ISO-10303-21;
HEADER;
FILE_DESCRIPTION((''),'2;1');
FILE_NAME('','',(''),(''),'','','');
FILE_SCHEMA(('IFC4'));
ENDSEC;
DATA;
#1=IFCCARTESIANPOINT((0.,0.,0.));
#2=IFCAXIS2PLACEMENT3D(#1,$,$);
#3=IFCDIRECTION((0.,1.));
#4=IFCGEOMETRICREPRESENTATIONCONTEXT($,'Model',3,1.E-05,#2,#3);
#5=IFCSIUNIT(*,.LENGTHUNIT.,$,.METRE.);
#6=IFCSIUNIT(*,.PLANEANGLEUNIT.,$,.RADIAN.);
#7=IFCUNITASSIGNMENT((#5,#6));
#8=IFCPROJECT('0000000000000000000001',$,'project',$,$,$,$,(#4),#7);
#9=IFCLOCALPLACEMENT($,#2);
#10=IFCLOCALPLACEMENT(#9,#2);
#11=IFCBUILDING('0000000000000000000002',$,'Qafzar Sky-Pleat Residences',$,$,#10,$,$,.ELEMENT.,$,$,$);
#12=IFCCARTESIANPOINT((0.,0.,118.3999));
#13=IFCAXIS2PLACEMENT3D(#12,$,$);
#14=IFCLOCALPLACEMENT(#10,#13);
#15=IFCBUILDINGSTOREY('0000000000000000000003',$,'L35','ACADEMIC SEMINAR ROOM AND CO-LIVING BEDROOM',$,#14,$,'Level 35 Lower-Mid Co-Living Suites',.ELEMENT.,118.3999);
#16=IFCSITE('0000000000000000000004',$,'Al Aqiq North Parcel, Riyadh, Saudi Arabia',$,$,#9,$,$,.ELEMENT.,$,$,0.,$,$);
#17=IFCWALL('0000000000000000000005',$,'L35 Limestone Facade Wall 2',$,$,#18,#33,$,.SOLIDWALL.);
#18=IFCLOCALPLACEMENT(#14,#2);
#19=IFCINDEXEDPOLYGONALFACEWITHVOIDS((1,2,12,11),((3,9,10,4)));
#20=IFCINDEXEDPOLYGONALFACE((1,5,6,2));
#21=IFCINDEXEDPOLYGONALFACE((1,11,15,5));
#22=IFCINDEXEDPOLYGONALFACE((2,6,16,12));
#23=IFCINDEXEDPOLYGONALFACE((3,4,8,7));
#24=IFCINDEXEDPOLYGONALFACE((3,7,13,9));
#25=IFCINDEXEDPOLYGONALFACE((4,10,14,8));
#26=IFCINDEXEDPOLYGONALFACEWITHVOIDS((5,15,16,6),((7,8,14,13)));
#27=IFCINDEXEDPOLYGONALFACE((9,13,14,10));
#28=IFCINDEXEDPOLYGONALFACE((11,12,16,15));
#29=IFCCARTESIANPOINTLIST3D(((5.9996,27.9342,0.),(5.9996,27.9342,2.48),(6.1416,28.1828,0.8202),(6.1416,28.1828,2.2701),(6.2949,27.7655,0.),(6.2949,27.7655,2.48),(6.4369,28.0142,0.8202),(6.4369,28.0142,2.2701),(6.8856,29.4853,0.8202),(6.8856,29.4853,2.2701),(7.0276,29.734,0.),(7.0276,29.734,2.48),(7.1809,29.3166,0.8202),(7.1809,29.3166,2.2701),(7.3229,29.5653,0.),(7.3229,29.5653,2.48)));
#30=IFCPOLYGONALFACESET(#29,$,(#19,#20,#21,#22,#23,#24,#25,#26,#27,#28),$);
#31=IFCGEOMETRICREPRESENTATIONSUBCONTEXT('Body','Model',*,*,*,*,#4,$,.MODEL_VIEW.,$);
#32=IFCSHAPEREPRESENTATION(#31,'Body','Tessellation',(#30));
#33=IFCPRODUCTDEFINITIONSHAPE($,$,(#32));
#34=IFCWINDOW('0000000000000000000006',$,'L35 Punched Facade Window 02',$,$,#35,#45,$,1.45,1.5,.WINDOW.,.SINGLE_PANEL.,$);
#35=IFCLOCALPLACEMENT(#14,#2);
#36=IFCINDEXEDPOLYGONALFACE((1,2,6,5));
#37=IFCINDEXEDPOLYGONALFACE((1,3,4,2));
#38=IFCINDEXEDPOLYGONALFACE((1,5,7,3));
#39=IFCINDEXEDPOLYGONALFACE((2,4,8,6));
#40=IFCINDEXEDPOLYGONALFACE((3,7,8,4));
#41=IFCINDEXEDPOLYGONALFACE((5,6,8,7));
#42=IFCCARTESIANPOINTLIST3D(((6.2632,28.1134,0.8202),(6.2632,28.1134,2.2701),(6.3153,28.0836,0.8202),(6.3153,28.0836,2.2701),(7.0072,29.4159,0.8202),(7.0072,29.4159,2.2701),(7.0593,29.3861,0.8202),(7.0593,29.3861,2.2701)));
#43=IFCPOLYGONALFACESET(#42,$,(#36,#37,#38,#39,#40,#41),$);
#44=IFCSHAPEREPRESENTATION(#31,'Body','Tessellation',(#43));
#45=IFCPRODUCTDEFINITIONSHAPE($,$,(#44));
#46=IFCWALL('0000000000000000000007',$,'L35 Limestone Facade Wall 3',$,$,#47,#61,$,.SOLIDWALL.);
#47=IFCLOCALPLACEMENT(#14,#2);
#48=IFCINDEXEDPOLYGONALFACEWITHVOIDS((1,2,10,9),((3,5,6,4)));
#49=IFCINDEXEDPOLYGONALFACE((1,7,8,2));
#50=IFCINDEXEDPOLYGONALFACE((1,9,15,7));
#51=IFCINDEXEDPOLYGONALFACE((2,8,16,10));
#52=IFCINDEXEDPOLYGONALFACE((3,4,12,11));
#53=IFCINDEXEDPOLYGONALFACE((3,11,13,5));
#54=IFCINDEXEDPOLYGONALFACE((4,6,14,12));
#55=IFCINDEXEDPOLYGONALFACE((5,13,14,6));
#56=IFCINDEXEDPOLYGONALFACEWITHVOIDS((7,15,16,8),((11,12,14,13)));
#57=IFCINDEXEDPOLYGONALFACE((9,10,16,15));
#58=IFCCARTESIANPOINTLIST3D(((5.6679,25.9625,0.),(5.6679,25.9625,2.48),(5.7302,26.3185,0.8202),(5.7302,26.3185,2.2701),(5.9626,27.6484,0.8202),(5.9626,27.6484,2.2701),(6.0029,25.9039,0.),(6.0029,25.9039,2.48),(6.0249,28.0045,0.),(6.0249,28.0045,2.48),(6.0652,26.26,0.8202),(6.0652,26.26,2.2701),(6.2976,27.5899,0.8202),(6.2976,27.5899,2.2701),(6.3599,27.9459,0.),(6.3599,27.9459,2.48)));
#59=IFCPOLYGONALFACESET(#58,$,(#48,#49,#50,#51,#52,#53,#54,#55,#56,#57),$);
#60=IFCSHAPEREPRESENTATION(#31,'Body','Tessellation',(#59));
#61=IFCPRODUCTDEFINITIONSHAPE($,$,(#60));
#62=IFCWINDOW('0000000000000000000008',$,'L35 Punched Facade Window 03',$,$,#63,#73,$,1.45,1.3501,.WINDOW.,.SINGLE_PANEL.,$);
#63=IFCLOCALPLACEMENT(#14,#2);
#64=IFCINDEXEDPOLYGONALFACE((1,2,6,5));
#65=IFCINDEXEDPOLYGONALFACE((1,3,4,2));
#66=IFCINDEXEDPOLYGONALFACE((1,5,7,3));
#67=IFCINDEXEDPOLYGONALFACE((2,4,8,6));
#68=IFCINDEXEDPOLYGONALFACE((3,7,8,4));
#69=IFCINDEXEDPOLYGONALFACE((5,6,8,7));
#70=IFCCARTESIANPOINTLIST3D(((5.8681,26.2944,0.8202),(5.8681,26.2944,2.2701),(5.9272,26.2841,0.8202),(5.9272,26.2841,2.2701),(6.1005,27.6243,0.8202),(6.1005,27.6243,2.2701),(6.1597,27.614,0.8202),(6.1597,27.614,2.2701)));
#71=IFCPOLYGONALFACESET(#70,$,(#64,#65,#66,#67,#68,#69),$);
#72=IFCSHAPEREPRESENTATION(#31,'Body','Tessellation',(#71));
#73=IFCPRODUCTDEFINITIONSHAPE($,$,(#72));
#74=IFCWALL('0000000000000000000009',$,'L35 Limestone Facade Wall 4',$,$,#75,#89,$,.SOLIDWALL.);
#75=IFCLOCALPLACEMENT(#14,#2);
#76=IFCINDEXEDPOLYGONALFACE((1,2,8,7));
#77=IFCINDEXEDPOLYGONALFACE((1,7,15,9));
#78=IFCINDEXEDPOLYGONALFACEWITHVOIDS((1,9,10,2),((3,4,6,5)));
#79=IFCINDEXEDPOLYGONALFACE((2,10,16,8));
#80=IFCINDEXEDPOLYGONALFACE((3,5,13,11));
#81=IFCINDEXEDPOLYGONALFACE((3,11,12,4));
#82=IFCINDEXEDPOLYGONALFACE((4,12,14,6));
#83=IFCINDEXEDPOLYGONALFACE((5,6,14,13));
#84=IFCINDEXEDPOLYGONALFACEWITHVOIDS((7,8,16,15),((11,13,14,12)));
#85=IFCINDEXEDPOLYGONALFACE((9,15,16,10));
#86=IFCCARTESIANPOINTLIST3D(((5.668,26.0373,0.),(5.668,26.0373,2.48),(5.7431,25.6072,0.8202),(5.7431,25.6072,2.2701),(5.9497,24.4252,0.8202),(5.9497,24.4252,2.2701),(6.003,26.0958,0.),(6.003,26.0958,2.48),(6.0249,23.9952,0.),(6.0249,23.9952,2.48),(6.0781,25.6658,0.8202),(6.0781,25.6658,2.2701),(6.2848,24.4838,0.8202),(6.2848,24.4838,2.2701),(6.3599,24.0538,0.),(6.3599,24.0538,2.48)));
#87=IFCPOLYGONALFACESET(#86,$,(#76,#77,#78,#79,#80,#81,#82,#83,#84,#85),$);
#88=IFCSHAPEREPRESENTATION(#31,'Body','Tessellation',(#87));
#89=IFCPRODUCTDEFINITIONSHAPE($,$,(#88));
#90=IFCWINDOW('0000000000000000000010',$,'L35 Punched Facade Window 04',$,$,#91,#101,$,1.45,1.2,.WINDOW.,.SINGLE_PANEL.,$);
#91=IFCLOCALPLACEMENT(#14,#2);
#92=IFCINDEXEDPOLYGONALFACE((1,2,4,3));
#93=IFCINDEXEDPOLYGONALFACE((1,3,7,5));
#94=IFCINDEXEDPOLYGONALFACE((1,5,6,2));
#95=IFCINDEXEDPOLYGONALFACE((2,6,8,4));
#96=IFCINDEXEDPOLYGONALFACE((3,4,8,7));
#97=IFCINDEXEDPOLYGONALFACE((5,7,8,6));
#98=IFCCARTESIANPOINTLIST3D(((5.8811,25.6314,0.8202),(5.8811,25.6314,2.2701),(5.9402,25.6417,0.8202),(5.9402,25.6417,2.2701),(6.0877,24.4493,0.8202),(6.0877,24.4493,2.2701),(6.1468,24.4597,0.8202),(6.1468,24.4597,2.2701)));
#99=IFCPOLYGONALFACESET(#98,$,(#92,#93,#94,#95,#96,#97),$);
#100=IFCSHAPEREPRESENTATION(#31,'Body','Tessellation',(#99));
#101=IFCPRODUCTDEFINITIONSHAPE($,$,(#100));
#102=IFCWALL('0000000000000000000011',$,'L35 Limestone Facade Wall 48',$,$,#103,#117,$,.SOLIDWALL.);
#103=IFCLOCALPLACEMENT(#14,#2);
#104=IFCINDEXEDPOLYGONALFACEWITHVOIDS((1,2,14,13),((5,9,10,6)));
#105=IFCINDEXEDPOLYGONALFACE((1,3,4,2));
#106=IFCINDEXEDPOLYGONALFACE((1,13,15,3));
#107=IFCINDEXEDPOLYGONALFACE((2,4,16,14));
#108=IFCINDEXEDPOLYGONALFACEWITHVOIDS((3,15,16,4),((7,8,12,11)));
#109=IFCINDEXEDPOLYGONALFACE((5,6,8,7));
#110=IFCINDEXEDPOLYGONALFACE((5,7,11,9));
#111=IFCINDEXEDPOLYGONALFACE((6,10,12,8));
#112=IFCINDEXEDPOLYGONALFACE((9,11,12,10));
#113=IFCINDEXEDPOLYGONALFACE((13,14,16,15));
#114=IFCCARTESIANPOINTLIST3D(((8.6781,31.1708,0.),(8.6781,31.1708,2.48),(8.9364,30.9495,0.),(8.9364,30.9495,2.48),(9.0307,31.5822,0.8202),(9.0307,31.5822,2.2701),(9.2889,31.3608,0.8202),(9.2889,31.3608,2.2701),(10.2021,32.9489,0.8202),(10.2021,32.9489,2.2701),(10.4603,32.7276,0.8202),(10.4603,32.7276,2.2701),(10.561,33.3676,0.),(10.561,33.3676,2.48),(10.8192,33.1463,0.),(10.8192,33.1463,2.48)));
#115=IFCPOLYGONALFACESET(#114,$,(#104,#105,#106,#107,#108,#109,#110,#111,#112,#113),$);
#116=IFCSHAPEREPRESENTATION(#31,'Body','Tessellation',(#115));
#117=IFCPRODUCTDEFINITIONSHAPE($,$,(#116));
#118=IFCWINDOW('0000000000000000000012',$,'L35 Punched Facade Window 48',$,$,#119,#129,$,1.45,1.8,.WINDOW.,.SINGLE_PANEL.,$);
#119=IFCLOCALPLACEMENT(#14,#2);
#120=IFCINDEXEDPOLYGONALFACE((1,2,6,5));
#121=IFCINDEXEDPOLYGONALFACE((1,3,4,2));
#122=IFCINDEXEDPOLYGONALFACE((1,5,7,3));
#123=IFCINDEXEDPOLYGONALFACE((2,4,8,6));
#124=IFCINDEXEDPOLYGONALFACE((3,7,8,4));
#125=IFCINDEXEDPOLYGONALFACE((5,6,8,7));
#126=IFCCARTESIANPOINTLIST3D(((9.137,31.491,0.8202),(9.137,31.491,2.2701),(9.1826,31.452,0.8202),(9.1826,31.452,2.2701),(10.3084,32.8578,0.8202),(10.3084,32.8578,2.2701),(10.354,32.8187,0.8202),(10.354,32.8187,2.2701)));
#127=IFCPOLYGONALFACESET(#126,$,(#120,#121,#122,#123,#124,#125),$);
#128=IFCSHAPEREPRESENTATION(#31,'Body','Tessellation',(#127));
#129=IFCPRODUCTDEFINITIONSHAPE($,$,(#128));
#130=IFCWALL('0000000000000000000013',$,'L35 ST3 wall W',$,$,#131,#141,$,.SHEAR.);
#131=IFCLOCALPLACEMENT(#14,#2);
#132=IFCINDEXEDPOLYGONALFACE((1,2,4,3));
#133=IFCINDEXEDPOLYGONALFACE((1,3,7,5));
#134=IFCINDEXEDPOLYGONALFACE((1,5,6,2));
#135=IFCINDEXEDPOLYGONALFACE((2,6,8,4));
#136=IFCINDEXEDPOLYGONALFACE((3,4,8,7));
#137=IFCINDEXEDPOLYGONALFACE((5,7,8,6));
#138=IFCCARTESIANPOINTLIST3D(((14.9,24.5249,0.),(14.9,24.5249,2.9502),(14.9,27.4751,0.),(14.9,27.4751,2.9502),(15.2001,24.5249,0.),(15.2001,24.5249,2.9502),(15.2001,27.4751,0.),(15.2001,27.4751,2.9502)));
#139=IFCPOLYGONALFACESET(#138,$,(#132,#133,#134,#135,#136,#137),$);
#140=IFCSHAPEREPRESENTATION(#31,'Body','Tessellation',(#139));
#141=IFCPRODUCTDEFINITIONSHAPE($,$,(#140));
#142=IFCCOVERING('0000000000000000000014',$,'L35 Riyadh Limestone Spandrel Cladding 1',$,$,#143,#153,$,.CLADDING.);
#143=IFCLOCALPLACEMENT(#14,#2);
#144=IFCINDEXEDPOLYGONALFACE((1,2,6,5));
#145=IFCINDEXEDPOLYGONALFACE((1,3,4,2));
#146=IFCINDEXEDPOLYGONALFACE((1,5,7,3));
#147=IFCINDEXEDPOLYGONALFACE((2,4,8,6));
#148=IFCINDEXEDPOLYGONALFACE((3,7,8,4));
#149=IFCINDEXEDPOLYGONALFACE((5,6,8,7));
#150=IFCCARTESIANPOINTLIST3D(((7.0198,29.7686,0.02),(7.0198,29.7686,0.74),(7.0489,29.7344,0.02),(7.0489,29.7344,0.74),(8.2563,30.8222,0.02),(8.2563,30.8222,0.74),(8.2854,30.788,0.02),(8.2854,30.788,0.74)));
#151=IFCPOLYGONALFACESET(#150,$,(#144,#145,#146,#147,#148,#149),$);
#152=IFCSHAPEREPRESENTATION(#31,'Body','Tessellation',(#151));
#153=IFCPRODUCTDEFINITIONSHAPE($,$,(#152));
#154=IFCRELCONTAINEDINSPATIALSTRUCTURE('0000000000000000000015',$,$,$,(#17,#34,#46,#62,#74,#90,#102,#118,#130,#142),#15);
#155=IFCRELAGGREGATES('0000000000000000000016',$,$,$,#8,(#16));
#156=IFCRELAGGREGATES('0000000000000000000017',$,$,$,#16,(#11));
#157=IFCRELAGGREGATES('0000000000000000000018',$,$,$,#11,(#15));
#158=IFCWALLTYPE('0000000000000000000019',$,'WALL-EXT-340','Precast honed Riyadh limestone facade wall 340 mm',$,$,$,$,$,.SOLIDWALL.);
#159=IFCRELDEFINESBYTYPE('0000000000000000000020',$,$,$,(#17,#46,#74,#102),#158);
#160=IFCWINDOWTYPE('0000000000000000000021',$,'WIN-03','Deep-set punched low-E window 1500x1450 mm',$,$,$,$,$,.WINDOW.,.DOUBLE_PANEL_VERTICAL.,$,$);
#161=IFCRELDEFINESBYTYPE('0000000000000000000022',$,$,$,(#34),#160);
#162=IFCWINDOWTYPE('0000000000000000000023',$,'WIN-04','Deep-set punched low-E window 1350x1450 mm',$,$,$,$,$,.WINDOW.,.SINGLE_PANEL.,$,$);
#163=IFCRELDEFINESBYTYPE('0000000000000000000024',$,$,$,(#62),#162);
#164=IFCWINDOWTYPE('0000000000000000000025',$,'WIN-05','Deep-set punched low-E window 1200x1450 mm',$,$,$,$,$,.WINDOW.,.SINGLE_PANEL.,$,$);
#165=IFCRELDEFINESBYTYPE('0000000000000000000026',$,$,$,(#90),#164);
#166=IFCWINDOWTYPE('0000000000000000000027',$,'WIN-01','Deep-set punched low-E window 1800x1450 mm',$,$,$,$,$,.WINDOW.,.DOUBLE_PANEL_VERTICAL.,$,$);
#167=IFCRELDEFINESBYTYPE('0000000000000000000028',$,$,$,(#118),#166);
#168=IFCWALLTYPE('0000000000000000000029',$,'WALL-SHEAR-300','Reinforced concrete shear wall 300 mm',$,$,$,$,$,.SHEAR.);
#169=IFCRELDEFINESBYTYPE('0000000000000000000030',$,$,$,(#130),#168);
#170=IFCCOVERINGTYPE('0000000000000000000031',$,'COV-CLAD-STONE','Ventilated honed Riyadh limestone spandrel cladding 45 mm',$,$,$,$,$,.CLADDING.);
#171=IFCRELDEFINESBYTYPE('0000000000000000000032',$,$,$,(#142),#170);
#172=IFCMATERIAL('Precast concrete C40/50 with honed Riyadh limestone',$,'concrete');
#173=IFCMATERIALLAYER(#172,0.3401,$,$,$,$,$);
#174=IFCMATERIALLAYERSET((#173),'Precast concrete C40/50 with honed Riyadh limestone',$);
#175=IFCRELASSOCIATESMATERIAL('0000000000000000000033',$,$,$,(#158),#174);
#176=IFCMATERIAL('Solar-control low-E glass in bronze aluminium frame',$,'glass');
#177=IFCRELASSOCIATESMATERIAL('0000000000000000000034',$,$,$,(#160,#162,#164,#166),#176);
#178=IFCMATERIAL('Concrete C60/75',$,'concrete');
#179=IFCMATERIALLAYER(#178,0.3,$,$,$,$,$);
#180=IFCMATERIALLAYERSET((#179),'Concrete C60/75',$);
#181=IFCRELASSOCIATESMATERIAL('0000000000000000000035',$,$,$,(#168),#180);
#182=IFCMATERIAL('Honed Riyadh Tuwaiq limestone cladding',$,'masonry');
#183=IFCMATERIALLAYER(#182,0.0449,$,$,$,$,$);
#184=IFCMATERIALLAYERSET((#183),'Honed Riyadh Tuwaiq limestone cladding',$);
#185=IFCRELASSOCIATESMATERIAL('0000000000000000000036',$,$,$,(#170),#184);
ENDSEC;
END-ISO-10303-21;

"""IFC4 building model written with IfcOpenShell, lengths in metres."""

from ifc_helpers import new_model, si_unit, direction, frame, frame_2d, origin, origin_2d, place, context, subcontext, project, spatial, rectangle, extrude, source, transform, mapped, material, layer, layer_set, type_object, element, fill, save


model = new_model("IFC4")

# Units and contexts
model_context = context("Model", 3, precision=1e-05, world=origin(), true_north=direction((0.0, 1.0)))
body_context = subcontext(model_context, "Body", "Model", "MODEL_VIEW")
ifc_project = project(units=[si_unit("LENGTHUNIT", "METRE"), si_unit("PLANEANGLEUNIT", "RADIAN")], contexts=[model_context])

# Site, building, storey
site_placement = place(None, origin())
site = spatial("IfcSite", under=ifc_project, at=site_placement, Name="Al Aqiq North Parcel, Riyadh, Saudi Arabia", CompositionType="ELEMENT", RefElevation=0.0)
building_placement = place(site_placement, origin())
building = spatial("IfcBuilding", under=site, at=building_placement, Name="Qafzar Sky-Pleat Residences", CompositionType="ELEMENT")
storey_placement = place(building_placement, frame((0.0, 0.0, 118.3999)))
storey = spatial("IfcBuildingStorey", under=building, at=storey_placement, Name="L35", Description="ACADEMIC SEMINAR ROOM AND CO-LIVING BEDROOM", LongName="Level 35 Lower-Mid Co-Living Suites", CompositionType="ELEMENT", Elevation=118.3999)

# Shared definitions
ifc_material_1 = material(Name="Concrete C60/75", Category="concrete")

# Shared definitions
ifc_material_2 = material(Name="Precast concrete C40/50 with honed Riyadh limestone", Category="concrete")
ifc_layer_1 = layer(ifc_material_2, 0.3401)
ifc_layer_set_1 = layer_set([ifc_layer_1], Name="Precast concrete C40/50 with honed Riyadh limestone")
wall_type_1 = type_object("IfcWallType", Name="WALL-EXT-340", Description="Precast honed Riyadh limestone facade wall 340 mm", PredefinedType="SOLIDWALL", material=ifc_layer_set_1)

# Walls, openings, windows
wall_1_placement = place(storey_placement, frame((7.1753, 29.6497, 0.0), z_axis=(0.0, 0.0, 1.0), x_axis=(-0.495999, -0.868323, 0.0)))
wall_1 = element("IfcWall", 1, at=wall_1_placement, inside=storey, type_object=wall_type_1, Name="L35 Limestone Facade Wall 2", PredefinedType="SOLIDWALL", context=body_context, shape_type="SweptSolid", body=[
    extrude(rectangle(XDim=2.0728, YDim=0.3401, at=frame_2d((1.0364, 0.0))), origin(), (0.0, 0.0, 1.0), 2.48),
])
opening_1_placement = place(wall_1_placement, frame((0.2864, 0.0, 0.8201)))
opening_1 = element("IfcOpeningElement", 2, at=opening_1_placement, cuts=wall_1, PredefinedType="OPENING", context=body_context, shape_type="SweptSolid", body=[
    extrude(rectangle(XDim=1.5, YDim=1.45, at=frame_2d((0.75, 0.7251))), frame((0.0, 0.1802, 0.0), z_axis=(0.0, -1.0, 0.0), x_axis=(1.0, 0.0, 0.0)), (0.0, 0.0, 1.0), 0.3601),
])
ifc_material_3 = material(Name="Solar-control low-E glass in bronze aluminium frame", Category="glass")
window_type_1 = type_object("IfcWindowType", Name="WIN-03", Description="Deep-set punched low-E window 1500x1450 mm", PartitioningType="DOUBLE_PANEL_VERTICAL", PredefinedType="WINDOW", material=ifc_material_3)
shared_shape_1 = source(origin(), body_context, "Body", "SweptSolid", [
    extrude(rectangle(XDim=1.5, YDim=1.45, at=frame_2d((0.75, 0.7251))), frame((0.0, 0.03, 0.0), z_axis=(0.0, -1.0, 0.0), x_axis=(1.0, 0.0, 0.0)), (0.0, 0.0, 1.0), 0.0601),
])
window_1_placement = place(opening_1_placement, origin())
window_1 = element("IfcWindow", 3, at=window_1_placement, inside=storey, type_object=window_type_1, Name="L35 Punched Facade Window 02", OverallHeight=1.45, OverallWidth=1.5, PartitioningType="SINGLE_PANEL", PredefinedType="WINDOW", context=body_context, shape_type="MappedRepresentation", body=[
    mapped(shared_shape_1, transform((0.0, 0.0, 0.0), x_axis=(1.0, 0.0, 0.0), y_axis=(0.0, 1.0, 0.0), z_axis=(0.0, 0.0, 1.0), scale=1.0)),
])
fill(opening_1, window_1)
wall_2_placement = place(storey_placement, frame((6.1924, 27.9753, 0.0), z_axis=(0.0, 0.0, 1.0), x_axis=(-0.172186, -0.985064, 0.0)))
wall_2 = element("IfcWall", 4, at=wall_2_placement, inside=storey, type_object=wall_type_1, Name="L35 Limestone Facade Wall 3", PredefinedType="SOLIDWALL", context=body_context, shape_type="SweptSolid", body=[
    extrude(rectangle(XDim=2.073, YDim=0.3401, at=frame_2d((1.0366, 0.0))), origin(), (0.0, 0.0, 1.0), 2.48),
])
opening_2_placement = place(wall_2_placement, frame((0.3616, 0.0, 0.8201)))
opening_2 = element("IfcOpeningElement", 5, at=opening_2_placement, cuts=wall_2, PredefinedType="OPENING", context=body_context, shape_type="SweptSolid", body=[
    extrude(rectangle(XDim=1.3501, YDim=1.45, at=frame_2d((0.675, 0.7251))), frame((0.0, 0.1802, 0.0), z_axis=(0.0, -1.0, 0.0), x_axis=(1.0, 0.0, 0.0)), (0.0, 0.0, 1.0), 0.3601),
])
window_type_2 = type_object("IfcWindowType", Name="WIN-04", Description="Deep-set punched low-E window 1350x1450 mm", PartitioningType="SINGLE_PANEL", PredefinedType="WINDOW", material=ifc_material_3)
shared_shape_2 = source(origin(), body_context, "Body", "SweptSolid", [
    extrude(rectangle(XDim=1.3501, YDim=1.45, at=frame_2d((0.675, 0.7251))), frame((0.0, 0.03, 0.0), z_axis=(0.0, -1.0, 0.0), x_axis=(1.0, 0.0, 0.0)), (0.0, 0.0, 1.0), 0.0601),
])
window_2_placement = place(opening_2_placement, origin())
window_2 = element("IfcWindow", 6, at=window_2_placement, inside=storey, type_object=window_type_2, Name="L35 Punched Facade Window 03", OverallHeight=1.45, OverallWidth=1.3501, PartitioningType="SINGLE_PANEL", PredefinedType="WINDOW", context=body_context, shape_type="MappedRepresentation", body=[
    mapped(shared_shape_2, transform((0.0, 0.0, 0.0), x_axis=(1.0, 0.0, 0.0), y_axis=(0.0, 1.0, 0.0), z_axis=(0.0, 0.0, 1.0), scale=1.0)),
])
fill(opening_2, window_2)
wall_3_placement = place(storey_placement, frame((5.8354, 26.0667, 0.0), z_axis=(0.0, 0.0, 1.0), x_axis=(0.172186, -0.985064, 0.0)))
wall_3 = element("IfcWall", 7, at=wall_3_placement, inside=storey, type_object=wall_type_1, Name="L35 Limestone Facade Wall 4", PredefinedType="SOLIDWALL", context=body_context, shape_type="SweptSolid", body=[
    extrude(rectangle(XDim=2.073, YDim=0.3401, at=frame_2d((1.0366, 0.0))), origin(), (0.0, 0.0, 1.0), 2.48),
])
opening_3_placement = place(wall_3_placement, frame((0.4365, 0.0, 0.8201)))
opening_3 = element("IfcOpeningElement", 8, at=opening_3_placement, cuts=wall_3, PredefinedType="OPENING", context=body_context, shape_type="SweptSolid", body=[
    extrude(rectangle(XDim=1.2, YDim=1.45, at=frame_2d((0.6001, 0.7251))), frame((0.0, 0.1802, 0.0), z_axis=(0.0, -1.0, 0.0), x_axis=(1.0, 0.0, 0.0)), (0.0, 0.0, 1.0), 0.3601),
])
window_type_3 = type_object("IfcWindowType", Name="WIN-05", Description="Deep-set punched low-E window 1200x1450 mm", PartitioningType="SINGLE_PANEL", PredefinedType="WINDOW", material=ifc_material_3)
shared_shape_3 = source(origin(), body_context, "Body", "SweptSolid", [
    extrude(rectangle(XDim=1.2, YDim=1.45, at=frame_2d((0.6001, 0.7251))), frame((0.0, 0.03, 0.0), z_axis=(0.0, -1.0, 0.0), x_axis=(1.0, 0.0, 0.0)), (0.0, 0.0, 1.0), 0.0601),
])
window_3_placement = place(opening_3_placement, origin())
window_3 = element("IfcWindow", 9, at=window_3_placement, inside=storey, type_object=window_type_3, Name="L35 Punched Facade Window 04", OverallHeight=1.45, OverallWidth=1.2, PartitioningType="SINGLE_PANEL", PredefinedType="WINDOW", context=body_context, shape_type="MappedRepresentation", body=[
    mapped(shared_shape_3, transform((0.0, 0.0, 0.0), x_axis=(1.0, 0.0, 0.0), y_axis=(0.0, 1.0, 0.0), z_axis=(0.0, 0.0, 1.0), scale=1.0)),
])
fill(opening_3, window_3)
wall_4_placement = place(storey_placement, frame((10.6902, 33.2571, 0.0), z_axis=(0.0, 0.0, 1.0), x_axis=(-0.650764, -0.75928, 0.0)))
wall_4 = element("IfcWall", 10, at=wall_4_placement, inside=storey, type_object=wall_type_1, Name="L35 Limestone Facade Wall 48", PredefinedType="SOLIDWALL", context=body_context, shape_type="SweptSolid", body=[
    extrude(rectangle(XDim=2.8933, YDim=0.3401, at=frame_2d((1.4468, 0.0))), origin(), (0.0, 0.0, 1.0), 2.48),
])
opening_4_placement = place(wall_4_placement, frame((0.5518, 0.0, 0.8201)))
opening_4 = element("IfcOpeningElement", 11, at=opening_4_placement, cuts=wall_4, PredefinedType="OPENING", context=body_context, shape_type="SweptSolid", body=[
    extrude(rectangle(XDim=1.8, YDim=1.45, at=frame_2d((0.8999, 0.7251))), frame((0.0, 0.1802, 0.0), z_axis=(0.0, -1.0, 0.0), x_axis=(1.0, 0.0, 0.0)), (0.0, 0.0, 1.0), 0.3601),
])
window_type_4 = type_object("IfcWindowType", Name="WIN-01", Description="Deep-set punched low-E window 1800x1450 mm", PartitioningType="DOUBLE_PANEL_VERTICAL", PredefinedType="WINDOW", material=ifc_material_3)
shared_shape_4 = source(origin(), body_context, "Body", "SweptSolid", [
    extrude(rectangle(XDim=1.8, YDim=1.45, at=frame_2d((0.8999, 0.7251))), frame((0.0, 0.03, 0.0), z_axis=(0.0, -1.0, 0.0), x_axis=(1.0, 0.0, 0.0)), (0.0, 0.0, 1.0), 0.0601),
])
window_4_placement = place(opening_4_placement, origin())
window_4 = element("IfcWindow", 12, at=window_4_placement, inside=storey, type_object=window_type_4, Name="L35 Punched Facade Window 48", OverallHeight=1.45, OverallWidth=1.8, PartitioningType="SINGLE_PANEL", PredefinedType="WINDOW", context=body_context, shape_type="MappedRepresentation", body=[
    mapped(shared_shape_4, transform((0.0, 0.0, 0.0), x_axis=(1.0, 0.0, 0.0), y_axis=(0.0, 1.0, 0.0), z_axis=(0.0, 0.0, 1.0), scale=1.0)),
])
fill(opening_4, window_4)

# Wall
ifc_layer_2 = layer(ifc_material_1, 0.3)
ifc_layer_set_2 = layer_set([ifc_layer_2], Name="Concrete C60/75")
wall_type_2 = type_object("IfcWallType", Name="WALL-SHEAR-300", Description="Reinforced concrete shear wall 300 mm", PredefinedType="SHEAR", material=ifc_layer_set_2)
wall_5_placement = place(storey_placement, frame((15.05, 27.4751, 0.0), z_axis=(0.0, 0.0, 1.0), x_axis=(0.0, -1.0, 0.0)))
element("IfcWall", 13, at=wall_5_placement, inside=storey, type_object=wall_type_2, Name="L35 ST3 wall W", PredefinedType="SHEAR", context=body_context, shape_type="SweptSolid", body=[
    extrude(rectangle(XDim=2.9502, YDim=0.3, at=frame_2d((1.4751, 0.0))), origin(), (0.0, 0.0, 1.0), 2.9502),
])

# Covering
ifc_material_4 = material(Name="Honed Riyadh Tuwaiq limestone cladding", Category="masonry")
ifc_layer_3 = layer(ifc_material_4, 0.0449)
ifc_layer_set_3 = layer_set([ifc_layer_3], Name="Honed Riyadh Tuwaiq limestone cladding")
covering_type = type_object("IfcCoveringType", Name="COV-CLAD-STONE", Description="Ventilated honed Riyadh limestone spandrel cladding 45 mm", PredefinedType="CLADDING", material=ifc_layer_set_3)
shared_shape_5 = source(origin(), body_context, "Body", "SweptSolid", [
    extrude(rectangle(XDim=1.6245, YDim=0.0449, at=origin_2d()), origin(), (0.0, 0.0, 1.0), 0.72),
])
covering_placement = place(storey_placement, frame((7.6526, 30.2783, 0.02), z_axis=(0.0, 0.0, 1.0), x_axis=(-0.761154, -0.648571, 0.0)))
element("IfcCovering", 14, at=covering_placement, inside=storey, type_object=covering_type, Name="L35 Riyadh Limestone Spandrel Cladding 1", PredefinedType="CLADDING", context=body_context, shape_type="MappedRepresentation", body=[
    mapped(shared_shape_5, transform((0.0, 0.0, 0.0), x_axis=(1.0, 0.0, 0.0), y_axis=(0.0, 1.0, 0.0), z_axis=(0.0, 0.0, 1.0), scale=1.0)),
])

save(model, "model.ifc")
